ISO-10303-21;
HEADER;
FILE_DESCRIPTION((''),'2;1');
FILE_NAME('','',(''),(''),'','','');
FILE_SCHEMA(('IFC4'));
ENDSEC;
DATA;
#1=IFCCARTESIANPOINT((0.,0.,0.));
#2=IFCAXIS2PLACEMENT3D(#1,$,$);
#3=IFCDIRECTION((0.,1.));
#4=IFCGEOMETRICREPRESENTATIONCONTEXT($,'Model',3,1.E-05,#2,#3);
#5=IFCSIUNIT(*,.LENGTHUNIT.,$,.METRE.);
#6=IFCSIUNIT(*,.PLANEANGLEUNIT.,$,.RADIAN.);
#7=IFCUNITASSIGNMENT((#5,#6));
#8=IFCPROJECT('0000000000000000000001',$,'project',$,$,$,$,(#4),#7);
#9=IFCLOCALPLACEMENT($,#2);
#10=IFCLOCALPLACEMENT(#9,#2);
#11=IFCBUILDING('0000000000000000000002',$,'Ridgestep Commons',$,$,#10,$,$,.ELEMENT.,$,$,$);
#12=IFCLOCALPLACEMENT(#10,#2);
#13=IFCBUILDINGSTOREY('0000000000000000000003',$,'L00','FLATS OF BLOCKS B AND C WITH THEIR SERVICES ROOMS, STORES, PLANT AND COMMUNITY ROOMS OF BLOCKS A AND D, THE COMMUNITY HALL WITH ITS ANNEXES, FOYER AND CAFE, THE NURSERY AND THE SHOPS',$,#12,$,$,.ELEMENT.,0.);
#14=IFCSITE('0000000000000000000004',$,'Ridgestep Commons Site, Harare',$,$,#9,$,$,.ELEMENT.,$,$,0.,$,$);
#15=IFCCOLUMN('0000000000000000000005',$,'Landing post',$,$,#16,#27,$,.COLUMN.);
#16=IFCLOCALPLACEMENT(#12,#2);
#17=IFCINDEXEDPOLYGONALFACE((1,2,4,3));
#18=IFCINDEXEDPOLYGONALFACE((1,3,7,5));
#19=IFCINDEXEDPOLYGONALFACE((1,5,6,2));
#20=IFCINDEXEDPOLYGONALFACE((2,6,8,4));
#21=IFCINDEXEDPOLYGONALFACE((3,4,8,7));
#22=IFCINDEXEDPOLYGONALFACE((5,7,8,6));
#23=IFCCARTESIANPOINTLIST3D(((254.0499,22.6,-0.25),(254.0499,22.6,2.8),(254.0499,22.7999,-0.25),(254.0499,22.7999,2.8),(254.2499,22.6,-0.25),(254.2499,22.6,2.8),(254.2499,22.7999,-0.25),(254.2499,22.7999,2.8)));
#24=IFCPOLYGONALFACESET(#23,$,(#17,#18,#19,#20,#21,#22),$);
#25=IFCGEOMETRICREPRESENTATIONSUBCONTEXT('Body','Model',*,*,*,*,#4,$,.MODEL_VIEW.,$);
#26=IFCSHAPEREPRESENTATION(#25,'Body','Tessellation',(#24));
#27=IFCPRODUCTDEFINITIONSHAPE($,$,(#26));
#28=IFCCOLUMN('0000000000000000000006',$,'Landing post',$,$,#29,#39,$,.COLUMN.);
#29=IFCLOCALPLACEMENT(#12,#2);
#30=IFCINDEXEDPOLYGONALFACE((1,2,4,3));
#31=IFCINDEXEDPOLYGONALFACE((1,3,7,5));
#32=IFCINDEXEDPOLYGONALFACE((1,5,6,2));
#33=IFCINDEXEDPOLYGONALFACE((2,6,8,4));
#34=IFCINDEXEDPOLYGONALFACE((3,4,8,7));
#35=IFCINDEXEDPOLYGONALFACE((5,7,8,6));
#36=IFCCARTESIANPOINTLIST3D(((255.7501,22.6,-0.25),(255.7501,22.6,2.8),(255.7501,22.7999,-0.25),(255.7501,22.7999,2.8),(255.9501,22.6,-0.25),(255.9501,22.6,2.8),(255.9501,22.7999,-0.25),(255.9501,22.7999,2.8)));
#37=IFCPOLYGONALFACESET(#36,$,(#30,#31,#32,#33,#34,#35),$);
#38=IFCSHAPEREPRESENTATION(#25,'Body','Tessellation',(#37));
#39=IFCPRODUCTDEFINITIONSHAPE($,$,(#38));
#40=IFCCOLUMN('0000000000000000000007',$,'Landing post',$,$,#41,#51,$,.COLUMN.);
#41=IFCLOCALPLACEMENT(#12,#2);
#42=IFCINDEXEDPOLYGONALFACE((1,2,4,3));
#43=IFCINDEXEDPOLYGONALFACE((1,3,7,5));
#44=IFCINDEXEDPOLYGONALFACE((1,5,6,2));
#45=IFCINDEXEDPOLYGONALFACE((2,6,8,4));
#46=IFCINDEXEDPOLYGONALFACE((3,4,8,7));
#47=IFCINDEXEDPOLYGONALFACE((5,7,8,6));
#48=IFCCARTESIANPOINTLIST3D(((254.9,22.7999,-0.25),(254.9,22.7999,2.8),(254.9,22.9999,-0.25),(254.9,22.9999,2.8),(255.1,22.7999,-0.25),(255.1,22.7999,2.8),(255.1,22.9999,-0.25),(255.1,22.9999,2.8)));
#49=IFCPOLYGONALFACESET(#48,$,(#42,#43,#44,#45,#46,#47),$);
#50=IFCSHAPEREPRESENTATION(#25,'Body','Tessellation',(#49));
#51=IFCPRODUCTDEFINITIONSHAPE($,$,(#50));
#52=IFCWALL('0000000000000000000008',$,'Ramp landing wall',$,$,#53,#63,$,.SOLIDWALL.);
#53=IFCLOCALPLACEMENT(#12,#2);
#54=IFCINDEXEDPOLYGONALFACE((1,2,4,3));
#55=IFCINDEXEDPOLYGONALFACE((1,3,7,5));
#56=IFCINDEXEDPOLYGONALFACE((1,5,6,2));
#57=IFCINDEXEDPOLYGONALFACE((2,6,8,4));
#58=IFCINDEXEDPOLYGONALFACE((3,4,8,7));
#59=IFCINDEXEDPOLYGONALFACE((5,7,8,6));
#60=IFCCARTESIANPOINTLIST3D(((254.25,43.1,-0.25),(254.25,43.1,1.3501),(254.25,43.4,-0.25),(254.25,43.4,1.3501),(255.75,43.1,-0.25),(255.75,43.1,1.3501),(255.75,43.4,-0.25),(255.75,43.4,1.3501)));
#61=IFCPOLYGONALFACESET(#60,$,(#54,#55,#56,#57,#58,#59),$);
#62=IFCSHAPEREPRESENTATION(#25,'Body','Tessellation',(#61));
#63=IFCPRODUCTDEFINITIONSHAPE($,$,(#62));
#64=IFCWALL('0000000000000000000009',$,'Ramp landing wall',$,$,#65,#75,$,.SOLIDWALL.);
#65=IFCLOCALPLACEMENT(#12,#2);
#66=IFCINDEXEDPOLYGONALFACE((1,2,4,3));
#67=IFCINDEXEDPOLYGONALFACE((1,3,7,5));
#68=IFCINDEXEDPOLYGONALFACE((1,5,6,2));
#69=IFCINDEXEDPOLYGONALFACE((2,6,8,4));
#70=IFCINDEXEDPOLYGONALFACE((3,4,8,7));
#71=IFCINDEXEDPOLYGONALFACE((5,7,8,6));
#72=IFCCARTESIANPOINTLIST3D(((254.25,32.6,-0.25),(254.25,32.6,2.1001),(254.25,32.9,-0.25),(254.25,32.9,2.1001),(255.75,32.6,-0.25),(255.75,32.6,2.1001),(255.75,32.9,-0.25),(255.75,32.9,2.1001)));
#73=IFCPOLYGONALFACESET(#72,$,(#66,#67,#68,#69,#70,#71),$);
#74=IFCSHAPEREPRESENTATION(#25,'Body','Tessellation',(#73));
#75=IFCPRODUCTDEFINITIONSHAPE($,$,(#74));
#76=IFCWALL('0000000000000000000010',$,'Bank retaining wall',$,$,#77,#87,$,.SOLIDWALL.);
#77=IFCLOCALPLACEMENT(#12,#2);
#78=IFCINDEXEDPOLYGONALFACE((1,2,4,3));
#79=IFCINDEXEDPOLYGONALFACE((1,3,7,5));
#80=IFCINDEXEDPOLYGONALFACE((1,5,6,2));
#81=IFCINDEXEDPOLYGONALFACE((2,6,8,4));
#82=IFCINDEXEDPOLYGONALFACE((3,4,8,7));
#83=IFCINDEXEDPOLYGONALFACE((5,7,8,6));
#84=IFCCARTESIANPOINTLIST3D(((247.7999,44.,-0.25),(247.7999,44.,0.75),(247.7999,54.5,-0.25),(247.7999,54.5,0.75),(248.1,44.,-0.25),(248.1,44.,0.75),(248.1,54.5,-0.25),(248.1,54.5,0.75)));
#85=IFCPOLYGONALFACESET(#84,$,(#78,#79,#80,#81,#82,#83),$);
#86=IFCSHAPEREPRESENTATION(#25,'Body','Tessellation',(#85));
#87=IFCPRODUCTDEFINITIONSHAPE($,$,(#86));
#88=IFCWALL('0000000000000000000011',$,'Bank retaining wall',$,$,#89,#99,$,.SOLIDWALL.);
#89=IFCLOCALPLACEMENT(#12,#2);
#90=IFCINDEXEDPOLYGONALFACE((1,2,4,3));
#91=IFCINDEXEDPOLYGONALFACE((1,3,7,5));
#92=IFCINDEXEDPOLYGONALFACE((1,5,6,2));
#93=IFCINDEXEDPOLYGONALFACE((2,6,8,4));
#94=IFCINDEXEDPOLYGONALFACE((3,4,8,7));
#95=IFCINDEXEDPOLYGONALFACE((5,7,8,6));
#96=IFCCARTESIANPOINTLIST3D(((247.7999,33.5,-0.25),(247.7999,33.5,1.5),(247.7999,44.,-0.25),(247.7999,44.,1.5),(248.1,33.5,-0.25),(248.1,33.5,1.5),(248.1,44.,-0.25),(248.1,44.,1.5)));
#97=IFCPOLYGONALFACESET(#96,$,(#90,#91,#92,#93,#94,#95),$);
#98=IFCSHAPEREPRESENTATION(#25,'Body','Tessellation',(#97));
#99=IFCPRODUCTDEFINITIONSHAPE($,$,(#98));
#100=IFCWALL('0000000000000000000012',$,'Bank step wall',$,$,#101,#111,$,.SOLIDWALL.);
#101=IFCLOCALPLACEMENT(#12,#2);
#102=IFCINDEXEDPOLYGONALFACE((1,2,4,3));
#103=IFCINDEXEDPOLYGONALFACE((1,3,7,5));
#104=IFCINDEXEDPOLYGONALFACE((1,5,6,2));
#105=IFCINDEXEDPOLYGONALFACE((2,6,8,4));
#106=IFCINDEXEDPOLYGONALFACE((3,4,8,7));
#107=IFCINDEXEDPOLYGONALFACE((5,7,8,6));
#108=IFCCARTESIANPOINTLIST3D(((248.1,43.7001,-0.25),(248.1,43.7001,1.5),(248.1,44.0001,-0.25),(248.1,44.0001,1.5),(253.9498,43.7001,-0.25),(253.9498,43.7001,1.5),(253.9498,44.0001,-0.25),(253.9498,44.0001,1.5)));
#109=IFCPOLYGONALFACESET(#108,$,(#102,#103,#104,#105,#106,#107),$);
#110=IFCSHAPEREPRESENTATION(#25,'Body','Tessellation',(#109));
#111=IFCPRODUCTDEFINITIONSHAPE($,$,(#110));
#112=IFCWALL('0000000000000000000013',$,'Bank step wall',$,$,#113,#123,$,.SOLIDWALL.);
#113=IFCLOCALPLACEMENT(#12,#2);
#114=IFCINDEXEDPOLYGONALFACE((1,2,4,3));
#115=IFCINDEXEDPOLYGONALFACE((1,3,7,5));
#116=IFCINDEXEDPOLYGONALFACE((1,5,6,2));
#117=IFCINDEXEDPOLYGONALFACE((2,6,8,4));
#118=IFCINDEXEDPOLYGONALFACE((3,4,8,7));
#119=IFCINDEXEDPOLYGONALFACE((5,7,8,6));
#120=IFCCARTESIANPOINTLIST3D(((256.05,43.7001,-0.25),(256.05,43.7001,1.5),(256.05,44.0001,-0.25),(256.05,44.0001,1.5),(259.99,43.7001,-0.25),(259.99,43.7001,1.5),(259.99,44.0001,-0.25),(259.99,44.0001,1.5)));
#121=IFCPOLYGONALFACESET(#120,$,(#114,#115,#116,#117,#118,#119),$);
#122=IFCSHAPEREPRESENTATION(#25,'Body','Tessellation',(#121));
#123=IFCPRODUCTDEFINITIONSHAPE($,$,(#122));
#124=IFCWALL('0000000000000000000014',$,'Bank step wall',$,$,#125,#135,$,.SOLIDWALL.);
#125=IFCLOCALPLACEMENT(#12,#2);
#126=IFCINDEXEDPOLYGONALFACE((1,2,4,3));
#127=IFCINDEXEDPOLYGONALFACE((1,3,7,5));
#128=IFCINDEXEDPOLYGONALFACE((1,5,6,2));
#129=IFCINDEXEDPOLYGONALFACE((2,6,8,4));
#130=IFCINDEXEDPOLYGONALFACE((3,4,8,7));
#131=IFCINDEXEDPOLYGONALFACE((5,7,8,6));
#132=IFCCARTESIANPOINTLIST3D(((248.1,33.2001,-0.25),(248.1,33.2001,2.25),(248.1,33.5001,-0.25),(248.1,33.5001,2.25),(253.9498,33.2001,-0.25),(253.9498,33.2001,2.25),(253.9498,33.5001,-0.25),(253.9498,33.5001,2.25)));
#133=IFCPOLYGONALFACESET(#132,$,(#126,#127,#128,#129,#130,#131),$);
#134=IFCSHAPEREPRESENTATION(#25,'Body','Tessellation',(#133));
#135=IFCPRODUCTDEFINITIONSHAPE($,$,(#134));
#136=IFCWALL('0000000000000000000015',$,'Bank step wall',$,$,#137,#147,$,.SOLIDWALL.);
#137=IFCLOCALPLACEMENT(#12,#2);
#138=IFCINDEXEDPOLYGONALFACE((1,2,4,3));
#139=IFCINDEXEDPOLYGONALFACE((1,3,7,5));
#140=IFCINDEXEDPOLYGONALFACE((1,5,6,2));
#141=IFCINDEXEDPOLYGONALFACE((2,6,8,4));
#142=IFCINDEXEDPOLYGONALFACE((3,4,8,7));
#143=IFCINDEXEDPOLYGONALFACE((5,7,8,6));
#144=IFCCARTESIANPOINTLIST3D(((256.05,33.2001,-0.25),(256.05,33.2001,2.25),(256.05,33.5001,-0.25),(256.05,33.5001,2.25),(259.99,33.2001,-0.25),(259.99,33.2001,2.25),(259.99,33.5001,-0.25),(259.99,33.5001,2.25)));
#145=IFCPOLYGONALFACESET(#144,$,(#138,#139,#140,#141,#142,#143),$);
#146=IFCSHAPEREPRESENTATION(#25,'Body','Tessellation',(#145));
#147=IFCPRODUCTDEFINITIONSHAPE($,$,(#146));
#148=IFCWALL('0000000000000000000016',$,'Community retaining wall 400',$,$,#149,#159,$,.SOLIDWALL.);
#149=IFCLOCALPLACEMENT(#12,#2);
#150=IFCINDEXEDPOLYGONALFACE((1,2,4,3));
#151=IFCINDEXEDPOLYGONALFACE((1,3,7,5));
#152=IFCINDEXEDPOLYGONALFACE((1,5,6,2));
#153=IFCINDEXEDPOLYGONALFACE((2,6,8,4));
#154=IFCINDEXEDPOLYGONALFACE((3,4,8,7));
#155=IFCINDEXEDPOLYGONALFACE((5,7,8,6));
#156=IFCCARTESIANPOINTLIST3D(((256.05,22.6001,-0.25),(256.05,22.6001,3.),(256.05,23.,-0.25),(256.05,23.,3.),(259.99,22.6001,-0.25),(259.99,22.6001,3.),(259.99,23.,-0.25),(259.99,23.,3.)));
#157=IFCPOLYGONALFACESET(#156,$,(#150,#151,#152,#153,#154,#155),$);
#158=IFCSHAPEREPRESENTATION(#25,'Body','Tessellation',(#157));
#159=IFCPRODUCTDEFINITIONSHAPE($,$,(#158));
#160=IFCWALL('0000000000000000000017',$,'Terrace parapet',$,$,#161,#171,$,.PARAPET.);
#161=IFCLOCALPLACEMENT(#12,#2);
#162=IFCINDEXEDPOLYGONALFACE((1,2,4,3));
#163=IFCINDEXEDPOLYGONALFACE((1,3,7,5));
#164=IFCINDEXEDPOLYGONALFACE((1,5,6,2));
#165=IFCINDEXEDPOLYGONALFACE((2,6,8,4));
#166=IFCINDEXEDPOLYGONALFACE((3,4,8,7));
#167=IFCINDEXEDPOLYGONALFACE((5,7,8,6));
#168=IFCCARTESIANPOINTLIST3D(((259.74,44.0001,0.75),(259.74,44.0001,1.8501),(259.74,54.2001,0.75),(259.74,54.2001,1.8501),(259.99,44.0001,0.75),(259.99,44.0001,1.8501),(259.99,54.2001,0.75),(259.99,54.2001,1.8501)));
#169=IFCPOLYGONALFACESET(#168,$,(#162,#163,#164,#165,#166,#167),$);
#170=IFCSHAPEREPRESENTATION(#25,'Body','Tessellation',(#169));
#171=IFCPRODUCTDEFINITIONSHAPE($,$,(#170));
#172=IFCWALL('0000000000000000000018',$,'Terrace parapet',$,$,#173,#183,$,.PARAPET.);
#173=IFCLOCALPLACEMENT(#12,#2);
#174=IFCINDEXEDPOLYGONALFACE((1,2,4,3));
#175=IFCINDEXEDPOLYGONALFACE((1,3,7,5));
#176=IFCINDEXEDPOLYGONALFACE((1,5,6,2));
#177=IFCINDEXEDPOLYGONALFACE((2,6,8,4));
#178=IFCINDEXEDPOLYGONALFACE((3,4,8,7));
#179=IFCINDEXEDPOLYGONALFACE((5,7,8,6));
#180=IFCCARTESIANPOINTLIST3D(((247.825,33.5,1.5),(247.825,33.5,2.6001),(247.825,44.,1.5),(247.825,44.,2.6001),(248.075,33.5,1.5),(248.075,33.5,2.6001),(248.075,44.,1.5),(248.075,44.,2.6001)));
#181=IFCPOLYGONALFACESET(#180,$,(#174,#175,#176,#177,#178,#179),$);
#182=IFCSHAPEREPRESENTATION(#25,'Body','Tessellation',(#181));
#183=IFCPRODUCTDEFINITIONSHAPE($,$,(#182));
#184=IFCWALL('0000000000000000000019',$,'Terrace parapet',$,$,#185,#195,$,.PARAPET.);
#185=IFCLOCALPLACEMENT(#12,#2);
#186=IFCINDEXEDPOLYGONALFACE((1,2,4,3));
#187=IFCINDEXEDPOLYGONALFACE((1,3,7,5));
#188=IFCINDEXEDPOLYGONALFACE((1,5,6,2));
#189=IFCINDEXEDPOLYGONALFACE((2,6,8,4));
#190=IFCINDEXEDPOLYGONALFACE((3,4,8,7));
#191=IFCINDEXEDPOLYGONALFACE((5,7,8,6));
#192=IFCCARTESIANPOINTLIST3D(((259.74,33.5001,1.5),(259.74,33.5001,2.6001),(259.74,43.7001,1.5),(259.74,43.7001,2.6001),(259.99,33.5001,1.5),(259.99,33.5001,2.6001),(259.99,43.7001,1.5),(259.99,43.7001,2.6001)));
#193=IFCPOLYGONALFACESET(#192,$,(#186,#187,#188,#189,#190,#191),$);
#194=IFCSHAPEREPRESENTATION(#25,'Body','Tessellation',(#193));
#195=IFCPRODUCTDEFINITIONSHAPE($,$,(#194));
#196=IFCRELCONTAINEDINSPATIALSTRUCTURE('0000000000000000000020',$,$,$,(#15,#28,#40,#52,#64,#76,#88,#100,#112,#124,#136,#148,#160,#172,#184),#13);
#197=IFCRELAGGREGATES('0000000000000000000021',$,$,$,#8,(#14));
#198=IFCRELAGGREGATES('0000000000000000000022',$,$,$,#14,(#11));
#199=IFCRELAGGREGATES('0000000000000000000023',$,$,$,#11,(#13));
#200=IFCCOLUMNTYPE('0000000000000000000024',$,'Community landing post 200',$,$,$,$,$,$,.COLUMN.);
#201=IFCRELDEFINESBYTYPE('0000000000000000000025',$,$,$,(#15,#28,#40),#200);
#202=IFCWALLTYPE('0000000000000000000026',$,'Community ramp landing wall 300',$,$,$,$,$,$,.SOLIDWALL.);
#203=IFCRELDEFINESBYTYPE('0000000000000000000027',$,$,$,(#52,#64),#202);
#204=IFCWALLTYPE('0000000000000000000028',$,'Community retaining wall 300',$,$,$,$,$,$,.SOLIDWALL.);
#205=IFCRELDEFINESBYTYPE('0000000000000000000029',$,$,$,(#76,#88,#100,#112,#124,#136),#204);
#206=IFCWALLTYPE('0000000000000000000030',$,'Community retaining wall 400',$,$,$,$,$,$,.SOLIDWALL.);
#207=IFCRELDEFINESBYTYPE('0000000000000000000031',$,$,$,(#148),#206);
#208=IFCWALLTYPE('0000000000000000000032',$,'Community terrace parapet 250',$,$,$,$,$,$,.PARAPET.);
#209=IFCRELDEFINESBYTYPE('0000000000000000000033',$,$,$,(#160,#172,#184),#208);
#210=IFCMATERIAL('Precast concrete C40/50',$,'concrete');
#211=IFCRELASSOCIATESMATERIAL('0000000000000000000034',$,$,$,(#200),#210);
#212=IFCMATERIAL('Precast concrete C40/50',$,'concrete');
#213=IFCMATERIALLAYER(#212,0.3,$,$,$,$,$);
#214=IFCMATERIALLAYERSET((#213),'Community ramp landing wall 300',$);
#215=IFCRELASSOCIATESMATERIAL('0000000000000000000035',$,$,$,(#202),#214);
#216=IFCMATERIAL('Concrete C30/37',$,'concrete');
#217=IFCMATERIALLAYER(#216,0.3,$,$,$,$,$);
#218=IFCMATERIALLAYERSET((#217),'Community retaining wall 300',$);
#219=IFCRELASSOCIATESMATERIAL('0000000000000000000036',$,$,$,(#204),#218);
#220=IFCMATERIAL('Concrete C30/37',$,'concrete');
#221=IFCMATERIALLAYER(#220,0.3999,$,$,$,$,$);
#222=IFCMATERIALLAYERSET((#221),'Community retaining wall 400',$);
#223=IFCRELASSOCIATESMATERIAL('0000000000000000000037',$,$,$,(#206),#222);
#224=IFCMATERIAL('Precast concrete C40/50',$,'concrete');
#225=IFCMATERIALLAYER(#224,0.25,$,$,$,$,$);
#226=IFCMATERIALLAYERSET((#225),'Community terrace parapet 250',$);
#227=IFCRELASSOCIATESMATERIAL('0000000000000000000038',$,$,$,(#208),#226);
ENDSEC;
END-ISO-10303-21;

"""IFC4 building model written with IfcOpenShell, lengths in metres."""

from ifc_helpers import new_model, si_unit, direction, frame, frame_2d, origin, origin_2d, place, context, subcontext, project, spatial, rectangle, extrude, material, layer, layer_set, material_profile, profile_set, type_object, element, save


model = new_model("IFC4")

# Units and contexts
model_context = context("Model", 3, precision=1e-05, world=origin(), true_north=direction((0.0, 1.0)))
body_context = subcontext(model_context, "Body", "Model", "MODEL_VIEW")
ifc_project = project(units=[si_unit("LENGTHUNIT", "METRE"), si_unit("PLANEANGLEUNIT", "RADIAN")], contexts=[model_context])

# Site, building, storey
site_placement = place(None, origin())
site = spatial("IfcSite", under=ifc_project, at=site_placement, Name="Ridgestep Commons Site, Harare", CompositionType="ELEMENT", RefElevation=0.0)
building_placement = place(site_placement, origin())
building = spatial("IfcBuilding", under=site, at=building_placement, Name="Ridgestep Commons", CompositionType="ELEMENT")
storey_placement = place(building_placement, origin())
storey = spatial("IfcBuildingStorey", under=building, at=storey_placement, Name="L00", Description="FLATS OF BLOCKS B AND C WITH THEIR SERVICES ROOMS, STORES, PLANT AND COMMUNITY ROOMS OF BLOCKS A AND D, THE COMMUNITY HALL WITH ITS ANNEXES, FOYER AND CAFE, THE NURSERY AND THE SHOPS", CompositionType="ELEMENT", Elevation=0.0)

# Columns
ifc_material_1 = material(Name="Precast concrete C40/50", Category="concrete")
ifc_material_profile = material_profile(ifc_material_1, rectangle(XDim=0.2, YDim=0.2, at=origin_2d()), Name="Community landing post 200")
ifc_profile_set = profile_set([ifc_material_profile], Name="Precast concrete C40/50")
column_type = type_object("IfcColumnType", Name="Community landing post 200", PredefinedType="COLUMN", material=ifc_profile_set)
for number, where, z_axis, x_axis, name in (
    (1, (254.1499, 22.7, -0.25), (0.0, 0.0, 1.0), (1.0, 0.0, 0.0), "Landing post"),
    (2, (255.8501, 22.7, -0.25), (0.0, 0.0, 1.0), (1.0, 0.0, 0.0), "Landing post"),
    (3, (255.0, 22.8999, -0.25), (0.0, 0.0, 1.0), (1.0, 0.0, 0.0), "Landing post"),
):
    element("IfcColumn", number, at=place(storey_placement, frame(where, z_axis=z_axis, x_axis=x_axis)), inside=storey, type_object=column_type, Name=name, PredefinedType="COLUMN", context=body_context, shape_type="SweptSolid", body=[
        extrude(rectangle(XDim=0.2, YDim=0.2, at=origin_2d()), origin(), (0.0, 0.0, 1.0), 3.05),
    ])

# Walls
ifc_material_2 = material(Name="Precast concrete C40/50", Category="concrete")
ifc_layer_1 = layer(ifc_material_2, 0.3)
ifc_layer_set_1 = layer_set([ifc_layer_1], Name="Community ramp landing wall 300")
wall_type_1 = type_object("IfcWallType", Name="Community ramp landing wall 300", PredefinedType="SOLIDWALL", material=ifc_layer_set_1)
wall_1_placement = place(storey_placement, frame((255.75, 43.25, -0.25), z_axis=(0.0, 0.0, 1.0), x_axis=(-1.0, 0.0, 0.0)))
element("IfcWall", 4, at=wall_1_placement, inside=storey, type_object=wall_type_1, Name="Ramp landing wall", PredefinedType="SOLIDWALL", context=body_context, shape_type="SweptSolid", body=[
    extrude(rectangle(XDim=1.5, YDim=0.3, at=frame_2d((0.75, 0.0))), origin(), (0.0, 0.0, 1.0), 1.6001),
])
wall_2_placement = place(storey_placement, frame((255.75, 32.75, -0.25), z_axis=(0.0, 0.0, 1.0), x_axis=(-1.0, 0.0, 0.0)))
element("IfcWall", 5, at=wall_2_placement, inside=storey, type_object=wall_type_1, Name="Ramp landing wall", PredefinedType="SOLIDWALL", context=body_context, shape_type="SweptSolid", body=[
    extrude(rectangle(XDim=1.5, YDim=0.3, at=frame_2d((0.75, 0.0))), origin(), (0.0, 0.0, 1.0), 2.3501),
])
ifc_material_3 = material(Name="Concrete C30/37", Category="concrete")
ifc_layer_2 = layer(ifc_material_3, 0.3)
ifc_layer_set_2 = layer_set([ifc_layer_2], Name="Community retaining wall 300")
wall_type_2 = type_object("IfcWallType", Name="Community retaining wall 300", PredefinedType="SOLIDWALL", material=ifc_layer_set_2)
wall_3_placement = place(storey_placement, frame((247.95, 44.0, -0.25), z_axis=(0.0, 0.0, 1.0), x_axis=(0.0, 1.0, 0.0)))
element("IfcWall", 6, at=wall_3_placement, inside=storey, type_object=wall_type_2, Name="Bank retaining wall", PredefinedType="SOLIDWALL", context=body_context, shape_type="SweptSolid", body=[
    extrude(rectangle(XDim=10.5, YDim=0.3, at=frame_2d((5.25, 0.0))), origin(), (0.0, 0.0, 1.0), 1.0),
])
wall_4_placement = place(storey_placement, frame((247.95, 33.5, -0.25), z_axis=(0.0, 0.0, 1.0), x_axis=(0.0, 1.0, 0.0)))
element("IfcWall", 7, at=wall_4_placement, inside=storey, type_object=wall_type_2, Name="Bank retaining wall", PredefinedType="SOLIDWALL", context=body_context, shape_type="SweptSolid", body=[
    extrude(rectangle(XDim=10.5, YDim=0.3, at=frame_2d((5.25, 0.0))), origin(), (0.0, 0.0, 1.0), 1.75),
])
wall_5_placement = place(storey_placement, frame((248.1001, 43.8501, -0.25), z_axis=(0.0, 0.0, 1.0), x_axis=(1.0, 0.0, 0.0)))
element("IfcWall", 8, at=wall_5_placement, inside=storey, type_object=wall_type_2, Name="Bank step wall", PredefinedType="SOLIDWALL", context=body_context, shape_type="SweptSolid", body=[
    extrude(rectangle(XDim=5.8499, YDim=0.3, at=frame_2d((2.9248, 0.0))), origin(), (0.0, 0.0, 1.0), 1.75),
])
wall_6_placement = place(storey_placement, frame((256.05, 43.8501, -0.25), z_axis=(0.0, 0.0, 1.0), x_axis=(1.0, 0.0, 0.0)))
element("IfcWall", 9, at=wall_6_placement, inside=storey, type_object=wall_type_2, Name="Bank step wall", PredefinedType="SOLIDWALL", context=body_context, shape_type="SweptSolid", body=[
    extrude(rectangle(XDim=3.9399, YDim=0.3, at=frame_2d((1.97, 0.0))), origin(), (0.0, 0.0, 1.0), 1.75),
])
wall_7_placement = place(storey_placement, frame((248.1001, 33.3501, -0.25), z_axis=(0.0, 0.0, 1.0), x_axis=(1.0, 0.0, 0.0)))
element("IfcWall", 10, at=wall_7_placement, inside=storey, type_object=wall_type_2, Name="Bank step wall", PredefinedType="SOLIDWALL", context=body_context, shape_type="SweptSolid", body=[
    extrude(rectangle(XDim=5.8499, YDim=0.3, at=frame_2d((2.9248, 0.0))), origin(), (0.0, 0.0, 1.0), 2.5),
])
wall_8_placement = place(storey_placement, frame((256.05, 33.3501, -0.25), z_axis=(0.0, 0.0, 1.0), x_axis=(1.0, 0.0, 0.0)))
element("IfcWall", 11, at=wall_8_placement, inside=storey, type_object=wall_type_2, Name="Bank step wall", PredefinedType="SOLIDWALL", context=body_context, shape_type="SweptSolid", body=[
    extrude(rectangle(XDim=3.9399, YDim=0.3, at=frame_2d((1.97, 0.0))), origin(), (0.0, 0.0, 1.0), 2.5),
])
ifc_material_4 = material(Name="Concrete C30/37", Category="concrete")
ifc_layer_3 = layer(ifc_material_4, 0.3999)
ifc_layer_set_3 = layer_set([ifc_layer_3], Name="Community retaining wall 400")
wall_type_3 = type_object("IfcWallType", Name="Community retaining wall 400", PredefinedType="SOLIDWALL", material=ifc_layer_set_3)
wall_9_placement = place(storey_placement, frame((256.05, 22.8, -0.25), z_axis=(0.0, 0.0, 1.0), x_axis=(1.0, 0.0, 0.0)))
element("IfcWall", 12, at=wall_9_placement, inside=storey, type_object=wall_type_3, Name="Community retaining wall 400", PredefinedType="SOLIDWALL", context=body_context, shape_type="SweptSolid", body=[
    extrude(rectangle(XDim=3.9399, YDim=0.3999, at=frame_2d((1.97, 0.0))), origin(), (0.0, 0.0, 1.0), 3.25),
])
ifc_material_5 = material(Name="Precast concrete C40/50", Category="concrete")
ifc_layer_4 = layer(ifc_material_5, 0.25)
ifc_layer_set_4 = layer_set([ifc_layer_4], Name="Community terrace parapet 250")
wall_type_4 = type_object("IfcWallType", Name="Community terrace parapet 250", PredefinedType="PARAPET", material=ifc_layer_set_4)
wall_10_placement = place(storey_placement, frame((259.865, 44.0, 0.75), z_axis=(0.0, 0.0, 1.0), x_axis=(0.0, 1.0, 0.0)))
element("IfcWall", 13, at=wall_10_placement, inside=storey, type_object=wall_type_4, Name="Terrace parapet", PredefinedType="PARAPET", context=body_context, shape_type="SweptSolid", body=[
    extrude(rectangle(XDim=10.2, YDim=0.25, at=frame_2d((5.1001, 0.0))), origin(), (0.0, 0.0, 1.0), 1.1001),
])
wall_11_placement = place(storey_placement, frame((247.95, 33.5, 1.5), z_axis=(0.0, 0.0, 1.0), x_axis=(0.0, 1.0, 0.0)))
element("IfcWall", 14, at=wall_11_placement, inside=storey, type_object=wall_type_4, Name="Terrace parapet", PredefinedType="PARAPET", context=body_context, shape_type="SweptSolid", body=[
    extrude(rectangle(XDim=10.5, YDim=0.25, at=frame_2d((5.25, 0.0))), origin(), (0.0, 0.0, 1.0), 1.1001),
])
wall_12_placement = place(storey_placement, frame((259.865, 33.5, 1.5), z_axis=(0.0, 0.0, 1.0), x_axis=(0.0, 1.0, 0.0)))
element("IfcWall", 15, at=wall_12_placement, inside=storey, type_object=wall_type_4, Name="Terrace parapet", PredefinedType="PARAPET", context=body_context, shape_type="SweptSolid", body=[
    extrude(rectangle(XDim=10.2, YDim=0.25, at=frame_2d((5.1001, 0.0))), origin(), (0.0, 0.0, 1.0), 1.1001),
])

save(model, "model.ifc")
